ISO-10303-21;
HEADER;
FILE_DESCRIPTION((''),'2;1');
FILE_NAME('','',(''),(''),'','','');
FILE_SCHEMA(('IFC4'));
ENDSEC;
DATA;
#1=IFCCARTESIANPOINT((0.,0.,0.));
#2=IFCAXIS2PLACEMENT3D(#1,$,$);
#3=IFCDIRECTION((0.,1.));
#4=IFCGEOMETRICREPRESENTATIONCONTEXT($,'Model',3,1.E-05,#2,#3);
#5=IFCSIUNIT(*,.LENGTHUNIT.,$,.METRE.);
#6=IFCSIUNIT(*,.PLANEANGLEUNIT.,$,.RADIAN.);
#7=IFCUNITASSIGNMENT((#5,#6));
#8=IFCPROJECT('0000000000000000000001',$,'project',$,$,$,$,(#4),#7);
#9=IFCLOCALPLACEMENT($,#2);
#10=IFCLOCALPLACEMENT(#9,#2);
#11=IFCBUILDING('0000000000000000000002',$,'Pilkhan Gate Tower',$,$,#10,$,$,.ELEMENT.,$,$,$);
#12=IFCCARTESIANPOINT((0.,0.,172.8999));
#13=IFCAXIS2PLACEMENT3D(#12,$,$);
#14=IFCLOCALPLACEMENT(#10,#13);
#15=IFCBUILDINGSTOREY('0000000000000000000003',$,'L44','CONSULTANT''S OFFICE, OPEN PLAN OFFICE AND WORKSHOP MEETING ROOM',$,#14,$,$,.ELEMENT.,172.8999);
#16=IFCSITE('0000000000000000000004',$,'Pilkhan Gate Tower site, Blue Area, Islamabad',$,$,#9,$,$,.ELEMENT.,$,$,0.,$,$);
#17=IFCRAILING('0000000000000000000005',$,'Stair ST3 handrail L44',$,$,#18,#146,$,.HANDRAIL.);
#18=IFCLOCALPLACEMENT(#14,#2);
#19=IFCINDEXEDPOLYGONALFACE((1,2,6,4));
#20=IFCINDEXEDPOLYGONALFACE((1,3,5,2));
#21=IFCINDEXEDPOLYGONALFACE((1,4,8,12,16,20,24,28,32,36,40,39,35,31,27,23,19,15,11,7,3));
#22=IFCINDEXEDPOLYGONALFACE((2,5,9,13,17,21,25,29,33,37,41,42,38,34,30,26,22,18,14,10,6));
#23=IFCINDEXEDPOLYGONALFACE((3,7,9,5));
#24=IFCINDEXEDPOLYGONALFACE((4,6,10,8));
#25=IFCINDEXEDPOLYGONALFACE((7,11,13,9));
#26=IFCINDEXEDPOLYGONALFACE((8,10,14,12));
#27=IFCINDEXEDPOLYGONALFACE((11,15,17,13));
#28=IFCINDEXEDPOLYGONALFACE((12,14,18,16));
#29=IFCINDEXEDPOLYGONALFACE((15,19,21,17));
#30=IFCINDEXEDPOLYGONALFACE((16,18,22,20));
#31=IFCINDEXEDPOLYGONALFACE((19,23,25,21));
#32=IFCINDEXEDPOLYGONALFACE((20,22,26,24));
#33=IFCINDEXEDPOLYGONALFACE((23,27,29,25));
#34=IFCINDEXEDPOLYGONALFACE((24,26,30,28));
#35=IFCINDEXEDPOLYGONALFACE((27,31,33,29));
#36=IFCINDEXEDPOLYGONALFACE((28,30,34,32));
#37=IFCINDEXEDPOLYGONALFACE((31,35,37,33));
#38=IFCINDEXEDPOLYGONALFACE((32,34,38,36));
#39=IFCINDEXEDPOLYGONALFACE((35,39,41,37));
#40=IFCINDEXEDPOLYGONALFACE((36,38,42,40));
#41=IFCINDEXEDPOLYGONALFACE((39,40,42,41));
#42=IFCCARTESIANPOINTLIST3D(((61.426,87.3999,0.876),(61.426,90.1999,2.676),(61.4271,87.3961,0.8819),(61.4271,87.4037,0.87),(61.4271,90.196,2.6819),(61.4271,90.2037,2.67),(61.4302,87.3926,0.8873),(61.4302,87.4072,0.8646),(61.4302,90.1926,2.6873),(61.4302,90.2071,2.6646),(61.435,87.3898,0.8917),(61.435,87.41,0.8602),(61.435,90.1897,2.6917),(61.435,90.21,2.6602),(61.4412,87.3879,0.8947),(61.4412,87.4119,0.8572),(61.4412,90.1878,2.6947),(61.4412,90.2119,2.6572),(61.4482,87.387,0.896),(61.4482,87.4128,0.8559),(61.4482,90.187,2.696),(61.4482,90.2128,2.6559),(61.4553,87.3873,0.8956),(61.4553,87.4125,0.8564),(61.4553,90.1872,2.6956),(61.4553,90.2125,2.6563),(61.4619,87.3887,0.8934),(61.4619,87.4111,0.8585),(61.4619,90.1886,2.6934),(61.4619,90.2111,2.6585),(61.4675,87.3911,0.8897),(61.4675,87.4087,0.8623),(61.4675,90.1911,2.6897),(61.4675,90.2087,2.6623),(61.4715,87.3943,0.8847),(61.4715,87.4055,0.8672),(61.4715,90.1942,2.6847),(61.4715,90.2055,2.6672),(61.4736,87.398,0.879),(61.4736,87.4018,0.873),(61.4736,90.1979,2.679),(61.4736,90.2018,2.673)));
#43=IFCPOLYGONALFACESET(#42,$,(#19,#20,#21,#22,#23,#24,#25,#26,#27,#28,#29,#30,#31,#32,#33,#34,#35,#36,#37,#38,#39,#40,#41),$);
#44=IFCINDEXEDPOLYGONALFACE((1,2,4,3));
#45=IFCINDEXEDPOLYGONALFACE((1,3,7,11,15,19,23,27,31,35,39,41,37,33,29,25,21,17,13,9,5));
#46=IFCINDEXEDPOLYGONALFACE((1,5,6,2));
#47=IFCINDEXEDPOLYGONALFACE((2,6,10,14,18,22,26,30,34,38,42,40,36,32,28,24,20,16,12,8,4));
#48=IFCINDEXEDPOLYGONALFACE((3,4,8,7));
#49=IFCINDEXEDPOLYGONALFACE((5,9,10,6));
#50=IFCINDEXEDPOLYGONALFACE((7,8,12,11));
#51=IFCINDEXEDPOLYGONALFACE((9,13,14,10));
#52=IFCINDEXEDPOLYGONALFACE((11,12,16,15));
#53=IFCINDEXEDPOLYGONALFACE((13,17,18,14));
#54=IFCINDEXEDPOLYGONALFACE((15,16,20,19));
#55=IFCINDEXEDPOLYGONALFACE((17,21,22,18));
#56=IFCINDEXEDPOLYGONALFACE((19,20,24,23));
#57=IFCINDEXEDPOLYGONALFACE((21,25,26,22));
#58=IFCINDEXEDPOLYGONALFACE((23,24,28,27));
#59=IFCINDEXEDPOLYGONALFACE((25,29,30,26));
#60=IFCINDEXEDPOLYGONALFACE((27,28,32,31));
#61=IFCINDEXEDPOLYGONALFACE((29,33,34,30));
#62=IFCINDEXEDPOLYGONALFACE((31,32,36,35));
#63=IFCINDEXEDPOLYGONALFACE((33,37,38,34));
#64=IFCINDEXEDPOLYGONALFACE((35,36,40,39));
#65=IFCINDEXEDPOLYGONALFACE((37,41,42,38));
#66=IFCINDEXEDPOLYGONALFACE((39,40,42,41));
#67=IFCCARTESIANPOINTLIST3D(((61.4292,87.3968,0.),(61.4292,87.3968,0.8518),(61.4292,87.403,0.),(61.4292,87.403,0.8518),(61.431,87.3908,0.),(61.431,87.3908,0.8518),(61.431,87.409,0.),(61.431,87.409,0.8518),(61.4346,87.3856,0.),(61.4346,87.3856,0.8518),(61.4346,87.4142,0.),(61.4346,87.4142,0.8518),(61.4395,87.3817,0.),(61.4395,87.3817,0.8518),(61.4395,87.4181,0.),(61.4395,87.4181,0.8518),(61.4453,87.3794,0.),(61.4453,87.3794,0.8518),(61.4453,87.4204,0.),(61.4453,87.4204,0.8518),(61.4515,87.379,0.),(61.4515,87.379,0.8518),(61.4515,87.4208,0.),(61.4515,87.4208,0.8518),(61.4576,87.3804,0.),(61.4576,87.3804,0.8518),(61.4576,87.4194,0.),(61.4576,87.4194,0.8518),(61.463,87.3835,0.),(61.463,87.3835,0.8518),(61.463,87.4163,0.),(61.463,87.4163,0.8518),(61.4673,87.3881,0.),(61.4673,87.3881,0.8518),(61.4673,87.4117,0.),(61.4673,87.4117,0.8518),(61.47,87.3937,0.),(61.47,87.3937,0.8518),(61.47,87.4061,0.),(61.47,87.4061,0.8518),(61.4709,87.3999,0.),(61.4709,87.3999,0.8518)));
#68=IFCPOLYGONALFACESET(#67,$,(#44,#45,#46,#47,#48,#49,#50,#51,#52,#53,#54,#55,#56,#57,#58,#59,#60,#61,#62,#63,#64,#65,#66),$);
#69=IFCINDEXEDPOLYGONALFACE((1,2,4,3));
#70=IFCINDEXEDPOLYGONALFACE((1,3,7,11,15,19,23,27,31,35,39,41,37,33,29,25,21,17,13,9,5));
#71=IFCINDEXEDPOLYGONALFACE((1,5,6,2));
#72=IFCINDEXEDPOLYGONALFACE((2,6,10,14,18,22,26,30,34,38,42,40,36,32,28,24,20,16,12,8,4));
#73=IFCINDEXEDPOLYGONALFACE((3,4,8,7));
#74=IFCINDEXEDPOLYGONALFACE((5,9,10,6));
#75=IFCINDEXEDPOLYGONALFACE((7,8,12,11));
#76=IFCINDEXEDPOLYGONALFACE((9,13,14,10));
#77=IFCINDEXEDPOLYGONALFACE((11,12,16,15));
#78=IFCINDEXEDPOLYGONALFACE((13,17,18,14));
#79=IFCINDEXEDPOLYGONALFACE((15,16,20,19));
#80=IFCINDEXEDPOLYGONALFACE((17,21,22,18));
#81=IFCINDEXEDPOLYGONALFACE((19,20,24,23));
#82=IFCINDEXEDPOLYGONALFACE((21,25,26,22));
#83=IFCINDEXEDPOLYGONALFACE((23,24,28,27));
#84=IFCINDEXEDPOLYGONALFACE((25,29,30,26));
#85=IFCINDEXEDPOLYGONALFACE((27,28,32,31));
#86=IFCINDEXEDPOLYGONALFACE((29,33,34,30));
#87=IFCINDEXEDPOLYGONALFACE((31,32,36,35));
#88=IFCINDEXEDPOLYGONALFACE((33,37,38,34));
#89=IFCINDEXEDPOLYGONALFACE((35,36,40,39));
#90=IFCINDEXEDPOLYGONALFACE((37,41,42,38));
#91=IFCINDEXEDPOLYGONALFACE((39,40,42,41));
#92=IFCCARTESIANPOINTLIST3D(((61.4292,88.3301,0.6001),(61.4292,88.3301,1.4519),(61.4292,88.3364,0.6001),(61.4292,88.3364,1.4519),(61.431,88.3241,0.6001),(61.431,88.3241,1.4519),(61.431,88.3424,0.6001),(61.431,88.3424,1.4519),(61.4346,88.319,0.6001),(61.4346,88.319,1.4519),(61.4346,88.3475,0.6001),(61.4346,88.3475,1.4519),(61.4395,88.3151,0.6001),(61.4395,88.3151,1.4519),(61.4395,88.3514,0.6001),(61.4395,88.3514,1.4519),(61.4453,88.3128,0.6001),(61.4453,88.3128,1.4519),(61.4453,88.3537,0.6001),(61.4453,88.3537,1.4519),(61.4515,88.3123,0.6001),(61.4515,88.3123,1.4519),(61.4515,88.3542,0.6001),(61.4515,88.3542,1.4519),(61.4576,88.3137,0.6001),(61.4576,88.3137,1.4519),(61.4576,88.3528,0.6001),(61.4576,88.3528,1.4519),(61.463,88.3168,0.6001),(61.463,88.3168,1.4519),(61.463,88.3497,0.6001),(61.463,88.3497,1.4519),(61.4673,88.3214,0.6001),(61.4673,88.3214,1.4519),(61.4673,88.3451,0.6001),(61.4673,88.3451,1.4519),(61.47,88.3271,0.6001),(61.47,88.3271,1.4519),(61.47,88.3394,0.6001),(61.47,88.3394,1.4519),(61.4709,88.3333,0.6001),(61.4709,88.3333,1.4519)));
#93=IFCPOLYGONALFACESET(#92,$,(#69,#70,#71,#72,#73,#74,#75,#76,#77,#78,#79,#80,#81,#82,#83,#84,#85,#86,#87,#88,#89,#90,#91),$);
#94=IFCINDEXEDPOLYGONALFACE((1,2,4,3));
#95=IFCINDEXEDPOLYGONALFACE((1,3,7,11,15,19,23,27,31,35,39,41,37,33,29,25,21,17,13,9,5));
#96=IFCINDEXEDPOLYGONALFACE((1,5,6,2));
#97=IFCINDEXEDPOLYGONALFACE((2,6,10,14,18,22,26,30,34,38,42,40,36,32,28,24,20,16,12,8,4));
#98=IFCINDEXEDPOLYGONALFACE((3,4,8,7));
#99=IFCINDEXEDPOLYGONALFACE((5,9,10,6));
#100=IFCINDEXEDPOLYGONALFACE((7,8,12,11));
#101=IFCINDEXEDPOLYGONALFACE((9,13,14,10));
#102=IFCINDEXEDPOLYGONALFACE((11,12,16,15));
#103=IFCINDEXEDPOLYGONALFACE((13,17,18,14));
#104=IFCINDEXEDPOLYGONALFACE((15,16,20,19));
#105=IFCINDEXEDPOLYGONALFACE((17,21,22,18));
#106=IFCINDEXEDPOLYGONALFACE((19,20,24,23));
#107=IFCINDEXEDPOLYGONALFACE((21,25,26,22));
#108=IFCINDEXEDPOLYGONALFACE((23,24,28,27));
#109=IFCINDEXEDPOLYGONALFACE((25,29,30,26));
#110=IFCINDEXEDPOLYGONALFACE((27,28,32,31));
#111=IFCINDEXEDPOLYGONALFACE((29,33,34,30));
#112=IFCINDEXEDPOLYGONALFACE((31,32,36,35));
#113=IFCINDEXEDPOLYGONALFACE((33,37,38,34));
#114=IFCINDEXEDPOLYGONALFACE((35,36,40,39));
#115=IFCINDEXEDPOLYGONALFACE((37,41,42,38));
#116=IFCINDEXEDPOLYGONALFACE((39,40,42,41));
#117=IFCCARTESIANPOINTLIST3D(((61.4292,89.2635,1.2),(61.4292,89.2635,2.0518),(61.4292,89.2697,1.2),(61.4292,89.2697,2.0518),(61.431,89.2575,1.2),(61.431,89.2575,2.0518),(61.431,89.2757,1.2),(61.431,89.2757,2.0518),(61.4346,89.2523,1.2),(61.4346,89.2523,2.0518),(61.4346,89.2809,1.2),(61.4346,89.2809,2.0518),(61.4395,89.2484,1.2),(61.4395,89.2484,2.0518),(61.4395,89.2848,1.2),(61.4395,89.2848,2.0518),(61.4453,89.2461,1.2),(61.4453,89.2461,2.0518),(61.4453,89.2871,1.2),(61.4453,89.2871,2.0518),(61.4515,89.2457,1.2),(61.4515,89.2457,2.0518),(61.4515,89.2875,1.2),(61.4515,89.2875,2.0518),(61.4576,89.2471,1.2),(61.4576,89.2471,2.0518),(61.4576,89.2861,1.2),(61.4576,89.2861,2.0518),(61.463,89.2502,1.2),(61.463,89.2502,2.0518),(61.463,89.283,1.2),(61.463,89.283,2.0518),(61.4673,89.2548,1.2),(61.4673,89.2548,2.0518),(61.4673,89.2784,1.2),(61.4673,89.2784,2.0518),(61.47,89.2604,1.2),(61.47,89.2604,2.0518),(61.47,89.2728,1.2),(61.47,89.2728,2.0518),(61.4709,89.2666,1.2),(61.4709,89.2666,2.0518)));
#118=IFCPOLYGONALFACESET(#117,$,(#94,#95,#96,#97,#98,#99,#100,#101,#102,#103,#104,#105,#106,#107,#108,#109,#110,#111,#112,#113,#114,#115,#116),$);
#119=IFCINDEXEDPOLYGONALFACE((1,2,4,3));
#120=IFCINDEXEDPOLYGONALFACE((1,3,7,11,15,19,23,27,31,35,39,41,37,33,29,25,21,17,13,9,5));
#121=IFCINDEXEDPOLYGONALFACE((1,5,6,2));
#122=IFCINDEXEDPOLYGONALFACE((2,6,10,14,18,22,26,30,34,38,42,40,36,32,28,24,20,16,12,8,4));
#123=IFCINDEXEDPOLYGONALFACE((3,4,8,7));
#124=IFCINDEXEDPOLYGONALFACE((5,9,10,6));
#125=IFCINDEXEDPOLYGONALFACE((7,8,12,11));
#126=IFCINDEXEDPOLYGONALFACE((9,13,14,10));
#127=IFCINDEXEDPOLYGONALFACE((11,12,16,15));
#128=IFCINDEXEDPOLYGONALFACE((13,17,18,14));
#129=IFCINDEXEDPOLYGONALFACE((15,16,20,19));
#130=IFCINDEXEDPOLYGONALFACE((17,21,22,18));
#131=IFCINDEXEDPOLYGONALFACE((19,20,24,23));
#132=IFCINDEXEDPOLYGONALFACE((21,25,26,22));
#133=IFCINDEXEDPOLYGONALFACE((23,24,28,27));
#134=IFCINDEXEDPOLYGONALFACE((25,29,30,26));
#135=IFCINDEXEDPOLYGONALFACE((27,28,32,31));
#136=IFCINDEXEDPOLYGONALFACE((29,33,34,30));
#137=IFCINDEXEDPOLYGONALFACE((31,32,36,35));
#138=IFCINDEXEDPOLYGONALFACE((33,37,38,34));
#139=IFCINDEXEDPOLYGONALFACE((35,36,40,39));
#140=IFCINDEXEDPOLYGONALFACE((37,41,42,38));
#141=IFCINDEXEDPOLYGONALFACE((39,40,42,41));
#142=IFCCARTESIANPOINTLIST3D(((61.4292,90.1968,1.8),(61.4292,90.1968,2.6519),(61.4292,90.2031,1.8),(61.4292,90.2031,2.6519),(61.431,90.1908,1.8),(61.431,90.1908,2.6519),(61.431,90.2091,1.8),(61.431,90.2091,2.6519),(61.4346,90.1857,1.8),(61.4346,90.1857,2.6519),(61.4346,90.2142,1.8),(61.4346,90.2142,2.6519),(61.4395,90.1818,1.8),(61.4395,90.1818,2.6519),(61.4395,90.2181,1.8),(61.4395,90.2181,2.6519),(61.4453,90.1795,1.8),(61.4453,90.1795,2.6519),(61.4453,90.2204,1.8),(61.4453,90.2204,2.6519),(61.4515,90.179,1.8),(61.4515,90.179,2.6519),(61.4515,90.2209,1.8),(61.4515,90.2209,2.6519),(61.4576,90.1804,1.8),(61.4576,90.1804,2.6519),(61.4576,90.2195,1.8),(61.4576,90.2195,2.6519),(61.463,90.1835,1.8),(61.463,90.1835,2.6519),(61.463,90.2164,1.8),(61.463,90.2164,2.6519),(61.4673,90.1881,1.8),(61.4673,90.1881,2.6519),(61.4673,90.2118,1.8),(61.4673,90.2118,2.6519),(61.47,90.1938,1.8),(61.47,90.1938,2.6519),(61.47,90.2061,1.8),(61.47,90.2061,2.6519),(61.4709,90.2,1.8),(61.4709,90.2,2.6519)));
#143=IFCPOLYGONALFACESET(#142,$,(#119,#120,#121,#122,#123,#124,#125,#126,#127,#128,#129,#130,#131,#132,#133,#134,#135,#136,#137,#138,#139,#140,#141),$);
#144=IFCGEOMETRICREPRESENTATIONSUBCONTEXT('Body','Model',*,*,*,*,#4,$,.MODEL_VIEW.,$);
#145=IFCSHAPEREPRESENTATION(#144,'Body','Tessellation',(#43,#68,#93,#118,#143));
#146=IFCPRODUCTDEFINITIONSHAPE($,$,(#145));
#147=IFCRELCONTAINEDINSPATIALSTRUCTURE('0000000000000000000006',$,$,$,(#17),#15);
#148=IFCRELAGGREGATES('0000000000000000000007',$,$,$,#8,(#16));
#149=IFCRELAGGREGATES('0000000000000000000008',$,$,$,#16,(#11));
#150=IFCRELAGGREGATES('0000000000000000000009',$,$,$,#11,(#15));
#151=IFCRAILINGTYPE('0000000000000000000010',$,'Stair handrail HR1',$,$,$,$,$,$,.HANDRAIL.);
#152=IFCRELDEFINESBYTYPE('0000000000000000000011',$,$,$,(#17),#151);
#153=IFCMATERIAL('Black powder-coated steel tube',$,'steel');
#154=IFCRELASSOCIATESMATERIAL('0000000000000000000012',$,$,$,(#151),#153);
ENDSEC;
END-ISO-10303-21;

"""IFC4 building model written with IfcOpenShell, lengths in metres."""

from ifc_helpers import new_model, si_unit, direction, frame, origin, origin_2d, place, context, subcontext, project, spatial, circle, extrude, material, type_object, element, save


model = new_model("IFC4")

# Units and contexts
model_context = context("Model", 3, precision=1e-05, world=origin(), true_north=direction((0.0, 1.0)))
body_context = subcontext(model_context, "Body", "Model", "MODEL_VIEW")
ifc_project = project(units=[si_unit("LENGTHUNIT", "METRE"), si_unit("PLANEANGLEUNIT", "RADIAN")], contexts=[model_context])

# Site, building, storey
site_placement = place(None, origin())
site = spatial("IfcSite", under=ifc_project, at=site_placement, Name="Pilkhan Gate Tower site, Blue Area, Islamabad", CompositionType="ELEMENT", RefElevation=0.0)
building_placement = place(site_placement, origin())
building = spatial("IfcBuilding", under=site, at=building_placement, Name="Pilkhan Gate Tower", CompositionType="ELEMENT")
storey_placement = place(building_placement, frame((0.0, 0.0, 172.8999)))
storey = spatial("IfcBuildingStorey", under=building, at=storey_placement, Name="L44", Description="CONSULTANT'S OFFICE, OPEN PLAN OFFICE AND WORKSHOP MEETING ROOM", CompositionType="ELEMENT", Elevation=172.8999)

# Railing
ifc_material_1 = material(Name="Black powder-coated steel tube", Category="steel")
railing_type_1 = type_object("IfcRailingType", Name="Stair handrail HR1", PredefinedType="HANDRAIL", material=ifc_material_1)
railing_1_placement = place(storey_placement, frame((61.45, 87.3999, 0.0)))
element("IfcRailing", 1, at=railing_1_placement, inside=storey, type_object=railing_type_1, Name="Stair ST3 handrail L44", PredefinedType="HANDRAIL", context=body_context, shape_type="SweptSolid", body=[
    extrude(circle(Radius=0.0239, at=origin_2d()), frame((0.0, 0.0, 0.876), z_axis=(0.0, 0.841176, 0.540761), x_axis=(-1.0, 0.0, 0.0)), (0.0, 0.0, 1.0), 3.3286),
    extrude(circle(Radius=0.021, at=origin_2d()), origin(), (0.0, 0.0, 1.0), 0.8518),
    extrude(circle(Radius=0.021, at=origin_2d()), frame((0.0, 0.9333, 0.6001)), (0.0, 0.0, 1.0), 0.8518),
    extrude(circle(Radius=0.021, at=origin_2d()), frame((0.0, 1.8667, 1.2)), (0.0, 0.0, 1.0), 0.8518),
    extrude(circle(Radius=0.021, at=origin_2d()), frame((0.0, 2.8, 1.8)), (0.0, 0.0, 1.0), 0.8518),
])

save(model, "model.ifc")
